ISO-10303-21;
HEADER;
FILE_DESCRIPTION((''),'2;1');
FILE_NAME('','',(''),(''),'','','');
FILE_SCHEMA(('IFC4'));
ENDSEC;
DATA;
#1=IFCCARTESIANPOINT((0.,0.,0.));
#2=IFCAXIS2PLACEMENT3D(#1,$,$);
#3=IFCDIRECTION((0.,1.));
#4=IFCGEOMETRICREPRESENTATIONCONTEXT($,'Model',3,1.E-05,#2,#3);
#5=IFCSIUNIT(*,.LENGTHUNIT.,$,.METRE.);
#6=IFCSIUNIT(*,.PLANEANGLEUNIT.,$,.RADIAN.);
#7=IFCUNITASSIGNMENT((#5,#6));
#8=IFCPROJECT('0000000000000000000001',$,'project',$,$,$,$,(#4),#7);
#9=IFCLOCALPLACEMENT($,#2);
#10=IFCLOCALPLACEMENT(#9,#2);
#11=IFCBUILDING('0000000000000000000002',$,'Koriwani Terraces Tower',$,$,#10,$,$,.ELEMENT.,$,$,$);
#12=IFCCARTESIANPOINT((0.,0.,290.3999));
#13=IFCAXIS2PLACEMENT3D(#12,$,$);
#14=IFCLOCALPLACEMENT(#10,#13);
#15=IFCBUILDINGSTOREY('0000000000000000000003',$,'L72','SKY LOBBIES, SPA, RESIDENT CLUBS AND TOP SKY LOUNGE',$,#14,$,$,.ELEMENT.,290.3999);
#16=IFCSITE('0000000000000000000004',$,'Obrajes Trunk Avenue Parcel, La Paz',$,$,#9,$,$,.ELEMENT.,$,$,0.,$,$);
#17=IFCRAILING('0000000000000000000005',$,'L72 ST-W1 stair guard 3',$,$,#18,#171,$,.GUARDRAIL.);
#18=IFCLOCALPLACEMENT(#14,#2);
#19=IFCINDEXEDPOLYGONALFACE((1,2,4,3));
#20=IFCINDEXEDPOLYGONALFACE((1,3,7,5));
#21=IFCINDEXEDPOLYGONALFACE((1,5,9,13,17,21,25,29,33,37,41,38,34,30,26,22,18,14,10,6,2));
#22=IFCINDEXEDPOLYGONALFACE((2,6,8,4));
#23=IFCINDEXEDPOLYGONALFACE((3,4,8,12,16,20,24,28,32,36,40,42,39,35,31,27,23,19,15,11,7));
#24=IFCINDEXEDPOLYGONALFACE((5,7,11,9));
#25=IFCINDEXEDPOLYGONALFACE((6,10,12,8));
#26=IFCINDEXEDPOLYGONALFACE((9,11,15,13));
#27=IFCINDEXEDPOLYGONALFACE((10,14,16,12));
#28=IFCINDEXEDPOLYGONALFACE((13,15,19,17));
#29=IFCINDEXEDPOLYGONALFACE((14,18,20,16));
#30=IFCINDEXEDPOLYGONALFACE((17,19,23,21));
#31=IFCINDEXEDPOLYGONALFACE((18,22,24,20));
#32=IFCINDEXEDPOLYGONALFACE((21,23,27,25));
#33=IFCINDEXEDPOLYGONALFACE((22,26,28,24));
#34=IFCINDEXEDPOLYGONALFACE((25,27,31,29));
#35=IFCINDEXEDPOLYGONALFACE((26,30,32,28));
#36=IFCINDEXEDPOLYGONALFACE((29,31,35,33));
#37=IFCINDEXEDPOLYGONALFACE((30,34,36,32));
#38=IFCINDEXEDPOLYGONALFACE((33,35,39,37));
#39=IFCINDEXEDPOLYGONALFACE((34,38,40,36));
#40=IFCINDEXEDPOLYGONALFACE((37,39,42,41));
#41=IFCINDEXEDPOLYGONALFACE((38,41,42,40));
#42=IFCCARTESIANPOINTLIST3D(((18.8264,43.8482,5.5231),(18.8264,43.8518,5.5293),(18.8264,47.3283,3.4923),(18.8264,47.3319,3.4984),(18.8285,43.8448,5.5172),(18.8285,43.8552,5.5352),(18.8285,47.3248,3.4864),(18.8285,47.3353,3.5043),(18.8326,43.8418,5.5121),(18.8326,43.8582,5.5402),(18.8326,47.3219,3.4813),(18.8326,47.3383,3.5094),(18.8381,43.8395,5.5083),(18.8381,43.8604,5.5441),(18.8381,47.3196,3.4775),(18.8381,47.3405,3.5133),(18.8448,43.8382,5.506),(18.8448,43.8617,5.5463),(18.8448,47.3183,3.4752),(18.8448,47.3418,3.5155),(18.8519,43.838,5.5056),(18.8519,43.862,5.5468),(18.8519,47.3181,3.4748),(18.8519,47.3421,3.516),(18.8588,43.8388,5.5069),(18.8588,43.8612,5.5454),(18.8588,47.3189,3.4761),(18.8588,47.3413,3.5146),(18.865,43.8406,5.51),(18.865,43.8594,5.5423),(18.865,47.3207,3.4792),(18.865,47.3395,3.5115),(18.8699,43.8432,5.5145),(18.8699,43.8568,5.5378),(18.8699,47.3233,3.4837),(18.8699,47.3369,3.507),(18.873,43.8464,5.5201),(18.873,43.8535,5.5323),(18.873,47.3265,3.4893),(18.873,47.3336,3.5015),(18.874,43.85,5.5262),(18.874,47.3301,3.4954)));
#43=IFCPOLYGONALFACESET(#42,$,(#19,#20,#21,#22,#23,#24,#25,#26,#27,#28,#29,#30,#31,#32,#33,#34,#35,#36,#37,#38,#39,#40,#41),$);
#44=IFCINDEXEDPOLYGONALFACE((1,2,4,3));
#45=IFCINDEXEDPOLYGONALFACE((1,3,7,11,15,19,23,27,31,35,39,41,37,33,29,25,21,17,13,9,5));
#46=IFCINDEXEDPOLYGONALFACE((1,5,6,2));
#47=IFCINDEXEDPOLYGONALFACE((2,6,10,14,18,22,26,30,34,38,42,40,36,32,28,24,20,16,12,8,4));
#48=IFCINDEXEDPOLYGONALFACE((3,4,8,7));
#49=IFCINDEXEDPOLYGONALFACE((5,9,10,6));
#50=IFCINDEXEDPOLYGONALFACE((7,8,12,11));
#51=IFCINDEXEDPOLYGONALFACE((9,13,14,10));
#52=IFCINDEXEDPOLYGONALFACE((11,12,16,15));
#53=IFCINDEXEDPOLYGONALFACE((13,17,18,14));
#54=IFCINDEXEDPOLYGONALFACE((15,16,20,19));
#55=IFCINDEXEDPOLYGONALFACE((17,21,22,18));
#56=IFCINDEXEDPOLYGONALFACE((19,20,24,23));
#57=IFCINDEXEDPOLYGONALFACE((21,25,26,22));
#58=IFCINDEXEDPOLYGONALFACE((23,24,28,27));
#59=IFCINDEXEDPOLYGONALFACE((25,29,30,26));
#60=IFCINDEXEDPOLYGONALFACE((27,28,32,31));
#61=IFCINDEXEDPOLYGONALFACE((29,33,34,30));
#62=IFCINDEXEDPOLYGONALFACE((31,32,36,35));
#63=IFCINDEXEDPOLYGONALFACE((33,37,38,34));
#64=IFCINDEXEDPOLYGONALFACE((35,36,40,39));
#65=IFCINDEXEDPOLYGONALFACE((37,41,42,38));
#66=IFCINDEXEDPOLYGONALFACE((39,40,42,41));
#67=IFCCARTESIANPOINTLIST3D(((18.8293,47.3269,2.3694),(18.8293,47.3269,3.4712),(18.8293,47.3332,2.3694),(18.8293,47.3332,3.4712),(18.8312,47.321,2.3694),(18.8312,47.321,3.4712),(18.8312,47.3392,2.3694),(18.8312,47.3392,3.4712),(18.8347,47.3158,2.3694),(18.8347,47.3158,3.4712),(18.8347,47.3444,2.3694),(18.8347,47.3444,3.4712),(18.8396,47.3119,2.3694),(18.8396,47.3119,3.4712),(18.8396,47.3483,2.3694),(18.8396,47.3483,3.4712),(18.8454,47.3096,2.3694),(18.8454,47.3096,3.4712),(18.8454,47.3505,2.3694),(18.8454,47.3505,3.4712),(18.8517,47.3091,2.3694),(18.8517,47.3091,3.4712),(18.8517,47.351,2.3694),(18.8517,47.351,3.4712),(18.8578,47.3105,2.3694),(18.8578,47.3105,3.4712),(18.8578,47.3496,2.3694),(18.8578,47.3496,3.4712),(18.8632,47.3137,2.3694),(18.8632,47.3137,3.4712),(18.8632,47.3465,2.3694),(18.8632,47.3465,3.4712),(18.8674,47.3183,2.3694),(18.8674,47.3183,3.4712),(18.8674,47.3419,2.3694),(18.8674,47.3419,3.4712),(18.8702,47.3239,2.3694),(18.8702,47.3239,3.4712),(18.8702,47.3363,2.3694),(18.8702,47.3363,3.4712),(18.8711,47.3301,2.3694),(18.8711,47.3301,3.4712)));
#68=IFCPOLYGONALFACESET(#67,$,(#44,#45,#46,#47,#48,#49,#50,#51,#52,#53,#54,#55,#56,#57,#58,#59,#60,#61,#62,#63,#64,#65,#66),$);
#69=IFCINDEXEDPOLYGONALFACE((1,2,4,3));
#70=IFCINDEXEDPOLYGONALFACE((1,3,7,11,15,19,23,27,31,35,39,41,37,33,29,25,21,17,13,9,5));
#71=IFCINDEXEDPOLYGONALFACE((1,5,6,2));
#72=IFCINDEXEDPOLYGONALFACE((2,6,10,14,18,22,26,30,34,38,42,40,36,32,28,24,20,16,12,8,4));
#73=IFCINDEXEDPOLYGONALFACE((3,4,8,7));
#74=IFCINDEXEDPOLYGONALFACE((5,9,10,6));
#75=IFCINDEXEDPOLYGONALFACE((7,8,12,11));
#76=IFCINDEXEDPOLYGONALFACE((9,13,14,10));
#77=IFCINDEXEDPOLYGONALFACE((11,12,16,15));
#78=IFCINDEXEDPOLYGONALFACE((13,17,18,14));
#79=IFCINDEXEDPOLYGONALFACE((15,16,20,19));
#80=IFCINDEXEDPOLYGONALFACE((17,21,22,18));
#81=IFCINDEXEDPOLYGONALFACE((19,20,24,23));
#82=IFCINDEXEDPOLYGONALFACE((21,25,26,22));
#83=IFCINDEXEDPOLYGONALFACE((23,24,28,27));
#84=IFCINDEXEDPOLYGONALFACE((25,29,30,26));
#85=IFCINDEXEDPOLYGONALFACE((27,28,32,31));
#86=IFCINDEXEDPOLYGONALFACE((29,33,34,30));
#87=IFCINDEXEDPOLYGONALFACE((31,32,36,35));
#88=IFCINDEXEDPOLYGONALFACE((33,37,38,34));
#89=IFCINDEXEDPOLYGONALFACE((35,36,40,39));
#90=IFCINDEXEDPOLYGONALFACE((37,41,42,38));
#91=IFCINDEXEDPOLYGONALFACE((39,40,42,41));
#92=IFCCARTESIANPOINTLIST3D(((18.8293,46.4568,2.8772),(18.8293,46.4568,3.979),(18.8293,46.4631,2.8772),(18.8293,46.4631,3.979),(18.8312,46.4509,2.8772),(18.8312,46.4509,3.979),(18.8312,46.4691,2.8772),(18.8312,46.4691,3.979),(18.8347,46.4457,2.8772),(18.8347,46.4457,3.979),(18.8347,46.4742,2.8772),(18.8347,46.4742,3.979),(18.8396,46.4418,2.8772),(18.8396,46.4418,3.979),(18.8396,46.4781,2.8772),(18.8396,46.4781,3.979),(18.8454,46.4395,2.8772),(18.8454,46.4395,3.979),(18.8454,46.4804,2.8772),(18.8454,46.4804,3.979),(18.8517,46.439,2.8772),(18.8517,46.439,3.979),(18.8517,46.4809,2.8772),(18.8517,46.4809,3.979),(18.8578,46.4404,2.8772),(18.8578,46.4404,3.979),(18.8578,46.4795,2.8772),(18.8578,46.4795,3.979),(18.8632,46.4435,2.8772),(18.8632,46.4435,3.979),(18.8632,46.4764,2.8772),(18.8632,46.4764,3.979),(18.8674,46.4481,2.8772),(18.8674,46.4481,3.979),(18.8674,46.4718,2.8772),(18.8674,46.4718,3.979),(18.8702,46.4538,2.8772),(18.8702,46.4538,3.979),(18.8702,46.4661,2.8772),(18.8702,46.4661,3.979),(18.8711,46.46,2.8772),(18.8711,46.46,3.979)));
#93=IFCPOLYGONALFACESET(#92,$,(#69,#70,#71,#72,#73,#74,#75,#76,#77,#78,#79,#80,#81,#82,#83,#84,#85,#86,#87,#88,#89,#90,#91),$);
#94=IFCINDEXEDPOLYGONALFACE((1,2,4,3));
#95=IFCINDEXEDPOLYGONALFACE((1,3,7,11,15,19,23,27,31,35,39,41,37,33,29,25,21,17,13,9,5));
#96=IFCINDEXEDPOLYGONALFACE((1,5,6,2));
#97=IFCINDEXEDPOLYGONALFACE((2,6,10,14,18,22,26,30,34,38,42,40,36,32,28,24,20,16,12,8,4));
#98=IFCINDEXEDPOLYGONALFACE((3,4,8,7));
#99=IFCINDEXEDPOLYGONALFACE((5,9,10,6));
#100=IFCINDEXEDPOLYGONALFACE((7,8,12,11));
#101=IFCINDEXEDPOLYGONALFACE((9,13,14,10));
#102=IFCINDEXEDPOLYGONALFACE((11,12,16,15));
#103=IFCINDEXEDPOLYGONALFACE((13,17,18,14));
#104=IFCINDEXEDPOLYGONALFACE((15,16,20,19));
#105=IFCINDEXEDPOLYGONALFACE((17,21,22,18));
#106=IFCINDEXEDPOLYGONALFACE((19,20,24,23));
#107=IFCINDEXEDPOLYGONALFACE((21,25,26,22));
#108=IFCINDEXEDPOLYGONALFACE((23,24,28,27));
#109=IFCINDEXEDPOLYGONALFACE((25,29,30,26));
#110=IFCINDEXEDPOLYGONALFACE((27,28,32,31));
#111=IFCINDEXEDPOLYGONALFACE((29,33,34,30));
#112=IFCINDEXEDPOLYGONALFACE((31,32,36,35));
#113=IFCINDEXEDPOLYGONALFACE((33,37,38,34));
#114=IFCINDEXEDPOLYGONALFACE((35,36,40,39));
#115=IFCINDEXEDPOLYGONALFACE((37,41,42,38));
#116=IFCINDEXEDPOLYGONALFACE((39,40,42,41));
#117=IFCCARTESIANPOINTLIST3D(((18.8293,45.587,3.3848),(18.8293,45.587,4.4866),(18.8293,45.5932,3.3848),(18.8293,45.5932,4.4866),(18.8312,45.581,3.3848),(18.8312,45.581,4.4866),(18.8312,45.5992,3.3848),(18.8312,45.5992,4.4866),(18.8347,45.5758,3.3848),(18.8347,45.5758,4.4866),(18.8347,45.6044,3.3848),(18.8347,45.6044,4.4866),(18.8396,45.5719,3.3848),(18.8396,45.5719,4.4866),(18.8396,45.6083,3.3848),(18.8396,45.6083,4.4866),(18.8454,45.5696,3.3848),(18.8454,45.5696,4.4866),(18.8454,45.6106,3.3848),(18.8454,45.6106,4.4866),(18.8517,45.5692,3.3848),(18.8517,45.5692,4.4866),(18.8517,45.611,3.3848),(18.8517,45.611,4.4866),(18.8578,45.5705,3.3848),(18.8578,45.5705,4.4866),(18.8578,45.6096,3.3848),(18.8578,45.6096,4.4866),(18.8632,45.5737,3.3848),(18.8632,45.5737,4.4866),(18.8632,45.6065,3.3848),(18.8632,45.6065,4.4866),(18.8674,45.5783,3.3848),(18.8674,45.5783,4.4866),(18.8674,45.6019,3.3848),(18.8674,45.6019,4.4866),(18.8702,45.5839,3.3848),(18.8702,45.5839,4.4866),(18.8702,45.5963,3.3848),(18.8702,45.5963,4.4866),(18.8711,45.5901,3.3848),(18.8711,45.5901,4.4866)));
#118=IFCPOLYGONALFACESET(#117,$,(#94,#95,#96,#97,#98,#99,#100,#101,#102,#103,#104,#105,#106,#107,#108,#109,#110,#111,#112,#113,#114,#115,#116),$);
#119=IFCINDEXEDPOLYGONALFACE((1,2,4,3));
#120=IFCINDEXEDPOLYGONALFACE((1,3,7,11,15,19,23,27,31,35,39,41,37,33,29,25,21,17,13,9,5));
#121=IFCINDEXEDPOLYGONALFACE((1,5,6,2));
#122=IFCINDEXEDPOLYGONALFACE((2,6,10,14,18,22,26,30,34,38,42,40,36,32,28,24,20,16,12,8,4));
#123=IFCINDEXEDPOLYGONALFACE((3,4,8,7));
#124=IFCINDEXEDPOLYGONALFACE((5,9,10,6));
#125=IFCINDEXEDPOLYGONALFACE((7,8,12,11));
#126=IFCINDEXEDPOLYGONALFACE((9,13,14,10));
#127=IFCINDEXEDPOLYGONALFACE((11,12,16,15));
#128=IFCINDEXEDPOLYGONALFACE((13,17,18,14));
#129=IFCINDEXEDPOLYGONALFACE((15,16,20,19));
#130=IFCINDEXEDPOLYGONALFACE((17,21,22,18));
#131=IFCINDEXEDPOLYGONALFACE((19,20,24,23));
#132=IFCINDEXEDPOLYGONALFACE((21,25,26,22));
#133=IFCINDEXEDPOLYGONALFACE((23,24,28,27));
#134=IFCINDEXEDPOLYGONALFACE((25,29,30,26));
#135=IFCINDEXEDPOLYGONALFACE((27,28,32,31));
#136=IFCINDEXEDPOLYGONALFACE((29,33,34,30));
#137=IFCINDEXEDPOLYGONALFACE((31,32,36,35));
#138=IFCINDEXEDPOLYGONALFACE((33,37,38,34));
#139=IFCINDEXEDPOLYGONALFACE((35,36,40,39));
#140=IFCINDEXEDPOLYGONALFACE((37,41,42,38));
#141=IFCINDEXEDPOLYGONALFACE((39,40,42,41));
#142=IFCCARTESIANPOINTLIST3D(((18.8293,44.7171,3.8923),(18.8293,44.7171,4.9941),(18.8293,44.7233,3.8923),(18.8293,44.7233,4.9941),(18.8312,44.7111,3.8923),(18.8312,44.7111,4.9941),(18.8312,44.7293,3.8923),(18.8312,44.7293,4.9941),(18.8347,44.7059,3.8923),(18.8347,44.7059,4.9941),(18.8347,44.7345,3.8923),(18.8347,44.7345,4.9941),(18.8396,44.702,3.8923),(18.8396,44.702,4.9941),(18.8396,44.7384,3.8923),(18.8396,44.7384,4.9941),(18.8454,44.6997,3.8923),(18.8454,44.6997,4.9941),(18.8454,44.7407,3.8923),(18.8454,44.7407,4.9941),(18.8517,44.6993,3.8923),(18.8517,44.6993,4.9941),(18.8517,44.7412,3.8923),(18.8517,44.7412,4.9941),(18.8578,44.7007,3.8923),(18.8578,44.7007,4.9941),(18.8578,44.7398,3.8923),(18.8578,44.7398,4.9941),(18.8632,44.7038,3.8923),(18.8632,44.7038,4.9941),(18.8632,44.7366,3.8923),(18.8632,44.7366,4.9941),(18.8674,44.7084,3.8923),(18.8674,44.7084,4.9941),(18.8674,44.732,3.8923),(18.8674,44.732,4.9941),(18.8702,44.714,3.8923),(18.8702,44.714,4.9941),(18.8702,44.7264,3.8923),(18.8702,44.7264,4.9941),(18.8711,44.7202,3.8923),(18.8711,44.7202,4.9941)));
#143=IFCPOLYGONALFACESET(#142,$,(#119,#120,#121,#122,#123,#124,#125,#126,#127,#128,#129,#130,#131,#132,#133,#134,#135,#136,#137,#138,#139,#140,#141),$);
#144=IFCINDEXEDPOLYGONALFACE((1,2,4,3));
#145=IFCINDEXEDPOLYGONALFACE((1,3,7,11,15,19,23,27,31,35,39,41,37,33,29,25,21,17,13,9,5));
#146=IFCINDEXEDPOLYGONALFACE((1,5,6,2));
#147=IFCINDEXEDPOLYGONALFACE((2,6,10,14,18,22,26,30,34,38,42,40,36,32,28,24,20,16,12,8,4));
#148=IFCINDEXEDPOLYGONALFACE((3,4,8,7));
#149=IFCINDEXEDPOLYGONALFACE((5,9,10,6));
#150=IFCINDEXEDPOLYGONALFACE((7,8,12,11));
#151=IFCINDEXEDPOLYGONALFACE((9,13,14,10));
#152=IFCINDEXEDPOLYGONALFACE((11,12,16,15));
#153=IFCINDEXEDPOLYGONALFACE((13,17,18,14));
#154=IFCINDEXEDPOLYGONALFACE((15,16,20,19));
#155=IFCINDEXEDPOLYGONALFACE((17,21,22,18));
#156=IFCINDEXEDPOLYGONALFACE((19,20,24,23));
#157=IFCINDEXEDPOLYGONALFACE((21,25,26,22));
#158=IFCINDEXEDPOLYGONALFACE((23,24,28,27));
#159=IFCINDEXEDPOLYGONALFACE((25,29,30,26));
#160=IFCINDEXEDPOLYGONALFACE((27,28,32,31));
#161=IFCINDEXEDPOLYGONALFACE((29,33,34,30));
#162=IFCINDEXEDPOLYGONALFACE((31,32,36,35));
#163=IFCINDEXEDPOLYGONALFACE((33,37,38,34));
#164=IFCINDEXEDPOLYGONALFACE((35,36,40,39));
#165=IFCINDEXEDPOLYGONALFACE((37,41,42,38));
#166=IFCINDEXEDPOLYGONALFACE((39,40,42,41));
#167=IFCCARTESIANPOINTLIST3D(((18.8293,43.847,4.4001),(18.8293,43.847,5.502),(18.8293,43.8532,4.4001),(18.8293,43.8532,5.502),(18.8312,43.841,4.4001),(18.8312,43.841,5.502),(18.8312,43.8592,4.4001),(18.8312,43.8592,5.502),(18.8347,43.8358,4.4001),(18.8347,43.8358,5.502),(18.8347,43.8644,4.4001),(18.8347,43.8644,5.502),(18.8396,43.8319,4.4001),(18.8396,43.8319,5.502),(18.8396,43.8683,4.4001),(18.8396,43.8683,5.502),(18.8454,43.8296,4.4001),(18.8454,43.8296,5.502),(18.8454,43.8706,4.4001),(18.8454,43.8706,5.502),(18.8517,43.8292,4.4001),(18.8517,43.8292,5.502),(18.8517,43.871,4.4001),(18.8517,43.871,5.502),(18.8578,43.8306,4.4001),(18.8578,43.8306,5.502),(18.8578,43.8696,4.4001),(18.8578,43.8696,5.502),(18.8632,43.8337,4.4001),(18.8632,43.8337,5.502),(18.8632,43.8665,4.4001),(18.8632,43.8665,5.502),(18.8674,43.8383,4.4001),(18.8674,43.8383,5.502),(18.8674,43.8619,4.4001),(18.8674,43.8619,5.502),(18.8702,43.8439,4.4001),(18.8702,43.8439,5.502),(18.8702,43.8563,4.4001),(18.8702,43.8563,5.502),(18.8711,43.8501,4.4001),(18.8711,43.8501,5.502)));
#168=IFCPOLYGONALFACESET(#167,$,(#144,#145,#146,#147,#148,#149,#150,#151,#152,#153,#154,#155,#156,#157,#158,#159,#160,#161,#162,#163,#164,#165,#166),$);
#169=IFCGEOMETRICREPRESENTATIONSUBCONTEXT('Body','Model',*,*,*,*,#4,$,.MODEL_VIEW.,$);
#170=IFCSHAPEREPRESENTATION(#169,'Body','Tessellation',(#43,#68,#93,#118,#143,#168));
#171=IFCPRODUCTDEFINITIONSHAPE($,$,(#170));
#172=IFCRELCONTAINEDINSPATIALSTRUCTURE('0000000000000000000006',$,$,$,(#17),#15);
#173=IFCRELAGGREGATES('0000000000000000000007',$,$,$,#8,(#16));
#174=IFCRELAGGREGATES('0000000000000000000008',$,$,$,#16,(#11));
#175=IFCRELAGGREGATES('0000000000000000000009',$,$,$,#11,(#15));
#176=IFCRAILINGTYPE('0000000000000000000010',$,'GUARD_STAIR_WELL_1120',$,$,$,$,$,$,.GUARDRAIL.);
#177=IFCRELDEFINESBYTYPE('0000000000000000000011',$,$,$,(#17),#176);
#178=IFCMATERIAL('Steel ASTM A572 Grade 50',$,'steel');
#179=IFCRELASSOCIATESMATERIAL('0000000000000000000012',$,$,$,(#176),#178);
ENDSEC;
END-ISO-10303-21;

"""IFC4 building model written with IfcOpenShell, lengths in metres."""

from ifc_helpers import new_model, si_unit, direction, frame, origin, origin_2d, place, context, subcontext, project, spatial, circle, extrude, material, type_object, element, save


model = new_model("IFC4")

# Units and contexts
model_context = context("Model", 3, precision=1e-05, world=origin(), true_north=direction((0.0, 1.0)))
body_context = subcontext(model_context, "Body", "Model", "MODEL_VIEW")
ifc_project = project(units=[si_unit("LENGTHUNIT", "METRE"), si_unit("PLANEANGLEUNIT", "RADIAN")], contexts=[model_context])

# Site, building, storey
site_placement = place(None, origin())
site = spatial("IfcSite", under=ifc_project, at=site_placement, Name="Obrajes Trunk Avenue Parcel, La Paz", CompositionType="ELEMENT", RefElevation=0.0)
building_placement = place(site_placement, origin())
building = spatial("IfcBuilding", under=site, at=building_placement, Name="Koriwani Terraces Tower", CompositionType="ELEMENT")
storey_placement = place(building_placement, frame((0.0, 0.0, 290.3999)))
storey = spatial("IfcBuildingStorey", under=building, at=storey_placement, Name="L72", Description="SKY LOBBIES, SPA, RESIDENT CLUBS AND TOP SKY LOUNGE", CompositionType="ELEMENT", Elevation=290.3999)

# Railing
ifc_material_1 = material(Name="Steel ASTM A572 Grade 50", Category="steel")
railing_type_1 = type_object("IfcRailingType", Name="GUARD_STAIR_WELL_1120", PredefinedType="GUARDRAIL", material=ifc_material_1)
railing_1_placement = place(storey_placement, frame((18.8501, 47.3301, 2.3694)))
element("IfcRailing", 1, at=railing_1_placement, inside=storey, type_object=railing_type_1, Name="L72 ST-W1 stair guard 3", PredefinedType="GUARDRAIL", context=body_context, shape_type="SweptSolid", body=[
    extrude(circle(Radius=0.0239, at=origin_2d()), frame((0.0, 0.0, 1.126), z_axis=(0.0, -0.863695, 0.504014), x_axis=(1.0, 0.0, 0.0)), (0.0, 0.0, 1.0), 4.0293),
    extrude(circle(Radius=0.021, at=origin_2d()), origin(), (0.0, 0.0, 1.0), 1.1018),
    extrude(circle(Radius=0.021, at=origin_2d()), frame((0.0, -0.8701, 0.5078)), (0.0, 0.0, 1.0), 1.1018),
    extrude(circle(Radius=0.021, at=origin_2d()), frame((0.0, -1.74, 1.0154)), (0.0, 0.0, 1.0), 1.1018),
    extrude(circle(Radius=0.021, at=origin_2d()), frame((0.0, -2.6099, 1.5229)), (0.0, 0.0, 1.0), 1.1018),
    extrude(circle(Radius=0.021, at=origin_2d()), frame((0.0, -3.48, 2.0308)), (0.0, 0.0, 1.0), 1.1018),
])

save(model, "model.ifc")
